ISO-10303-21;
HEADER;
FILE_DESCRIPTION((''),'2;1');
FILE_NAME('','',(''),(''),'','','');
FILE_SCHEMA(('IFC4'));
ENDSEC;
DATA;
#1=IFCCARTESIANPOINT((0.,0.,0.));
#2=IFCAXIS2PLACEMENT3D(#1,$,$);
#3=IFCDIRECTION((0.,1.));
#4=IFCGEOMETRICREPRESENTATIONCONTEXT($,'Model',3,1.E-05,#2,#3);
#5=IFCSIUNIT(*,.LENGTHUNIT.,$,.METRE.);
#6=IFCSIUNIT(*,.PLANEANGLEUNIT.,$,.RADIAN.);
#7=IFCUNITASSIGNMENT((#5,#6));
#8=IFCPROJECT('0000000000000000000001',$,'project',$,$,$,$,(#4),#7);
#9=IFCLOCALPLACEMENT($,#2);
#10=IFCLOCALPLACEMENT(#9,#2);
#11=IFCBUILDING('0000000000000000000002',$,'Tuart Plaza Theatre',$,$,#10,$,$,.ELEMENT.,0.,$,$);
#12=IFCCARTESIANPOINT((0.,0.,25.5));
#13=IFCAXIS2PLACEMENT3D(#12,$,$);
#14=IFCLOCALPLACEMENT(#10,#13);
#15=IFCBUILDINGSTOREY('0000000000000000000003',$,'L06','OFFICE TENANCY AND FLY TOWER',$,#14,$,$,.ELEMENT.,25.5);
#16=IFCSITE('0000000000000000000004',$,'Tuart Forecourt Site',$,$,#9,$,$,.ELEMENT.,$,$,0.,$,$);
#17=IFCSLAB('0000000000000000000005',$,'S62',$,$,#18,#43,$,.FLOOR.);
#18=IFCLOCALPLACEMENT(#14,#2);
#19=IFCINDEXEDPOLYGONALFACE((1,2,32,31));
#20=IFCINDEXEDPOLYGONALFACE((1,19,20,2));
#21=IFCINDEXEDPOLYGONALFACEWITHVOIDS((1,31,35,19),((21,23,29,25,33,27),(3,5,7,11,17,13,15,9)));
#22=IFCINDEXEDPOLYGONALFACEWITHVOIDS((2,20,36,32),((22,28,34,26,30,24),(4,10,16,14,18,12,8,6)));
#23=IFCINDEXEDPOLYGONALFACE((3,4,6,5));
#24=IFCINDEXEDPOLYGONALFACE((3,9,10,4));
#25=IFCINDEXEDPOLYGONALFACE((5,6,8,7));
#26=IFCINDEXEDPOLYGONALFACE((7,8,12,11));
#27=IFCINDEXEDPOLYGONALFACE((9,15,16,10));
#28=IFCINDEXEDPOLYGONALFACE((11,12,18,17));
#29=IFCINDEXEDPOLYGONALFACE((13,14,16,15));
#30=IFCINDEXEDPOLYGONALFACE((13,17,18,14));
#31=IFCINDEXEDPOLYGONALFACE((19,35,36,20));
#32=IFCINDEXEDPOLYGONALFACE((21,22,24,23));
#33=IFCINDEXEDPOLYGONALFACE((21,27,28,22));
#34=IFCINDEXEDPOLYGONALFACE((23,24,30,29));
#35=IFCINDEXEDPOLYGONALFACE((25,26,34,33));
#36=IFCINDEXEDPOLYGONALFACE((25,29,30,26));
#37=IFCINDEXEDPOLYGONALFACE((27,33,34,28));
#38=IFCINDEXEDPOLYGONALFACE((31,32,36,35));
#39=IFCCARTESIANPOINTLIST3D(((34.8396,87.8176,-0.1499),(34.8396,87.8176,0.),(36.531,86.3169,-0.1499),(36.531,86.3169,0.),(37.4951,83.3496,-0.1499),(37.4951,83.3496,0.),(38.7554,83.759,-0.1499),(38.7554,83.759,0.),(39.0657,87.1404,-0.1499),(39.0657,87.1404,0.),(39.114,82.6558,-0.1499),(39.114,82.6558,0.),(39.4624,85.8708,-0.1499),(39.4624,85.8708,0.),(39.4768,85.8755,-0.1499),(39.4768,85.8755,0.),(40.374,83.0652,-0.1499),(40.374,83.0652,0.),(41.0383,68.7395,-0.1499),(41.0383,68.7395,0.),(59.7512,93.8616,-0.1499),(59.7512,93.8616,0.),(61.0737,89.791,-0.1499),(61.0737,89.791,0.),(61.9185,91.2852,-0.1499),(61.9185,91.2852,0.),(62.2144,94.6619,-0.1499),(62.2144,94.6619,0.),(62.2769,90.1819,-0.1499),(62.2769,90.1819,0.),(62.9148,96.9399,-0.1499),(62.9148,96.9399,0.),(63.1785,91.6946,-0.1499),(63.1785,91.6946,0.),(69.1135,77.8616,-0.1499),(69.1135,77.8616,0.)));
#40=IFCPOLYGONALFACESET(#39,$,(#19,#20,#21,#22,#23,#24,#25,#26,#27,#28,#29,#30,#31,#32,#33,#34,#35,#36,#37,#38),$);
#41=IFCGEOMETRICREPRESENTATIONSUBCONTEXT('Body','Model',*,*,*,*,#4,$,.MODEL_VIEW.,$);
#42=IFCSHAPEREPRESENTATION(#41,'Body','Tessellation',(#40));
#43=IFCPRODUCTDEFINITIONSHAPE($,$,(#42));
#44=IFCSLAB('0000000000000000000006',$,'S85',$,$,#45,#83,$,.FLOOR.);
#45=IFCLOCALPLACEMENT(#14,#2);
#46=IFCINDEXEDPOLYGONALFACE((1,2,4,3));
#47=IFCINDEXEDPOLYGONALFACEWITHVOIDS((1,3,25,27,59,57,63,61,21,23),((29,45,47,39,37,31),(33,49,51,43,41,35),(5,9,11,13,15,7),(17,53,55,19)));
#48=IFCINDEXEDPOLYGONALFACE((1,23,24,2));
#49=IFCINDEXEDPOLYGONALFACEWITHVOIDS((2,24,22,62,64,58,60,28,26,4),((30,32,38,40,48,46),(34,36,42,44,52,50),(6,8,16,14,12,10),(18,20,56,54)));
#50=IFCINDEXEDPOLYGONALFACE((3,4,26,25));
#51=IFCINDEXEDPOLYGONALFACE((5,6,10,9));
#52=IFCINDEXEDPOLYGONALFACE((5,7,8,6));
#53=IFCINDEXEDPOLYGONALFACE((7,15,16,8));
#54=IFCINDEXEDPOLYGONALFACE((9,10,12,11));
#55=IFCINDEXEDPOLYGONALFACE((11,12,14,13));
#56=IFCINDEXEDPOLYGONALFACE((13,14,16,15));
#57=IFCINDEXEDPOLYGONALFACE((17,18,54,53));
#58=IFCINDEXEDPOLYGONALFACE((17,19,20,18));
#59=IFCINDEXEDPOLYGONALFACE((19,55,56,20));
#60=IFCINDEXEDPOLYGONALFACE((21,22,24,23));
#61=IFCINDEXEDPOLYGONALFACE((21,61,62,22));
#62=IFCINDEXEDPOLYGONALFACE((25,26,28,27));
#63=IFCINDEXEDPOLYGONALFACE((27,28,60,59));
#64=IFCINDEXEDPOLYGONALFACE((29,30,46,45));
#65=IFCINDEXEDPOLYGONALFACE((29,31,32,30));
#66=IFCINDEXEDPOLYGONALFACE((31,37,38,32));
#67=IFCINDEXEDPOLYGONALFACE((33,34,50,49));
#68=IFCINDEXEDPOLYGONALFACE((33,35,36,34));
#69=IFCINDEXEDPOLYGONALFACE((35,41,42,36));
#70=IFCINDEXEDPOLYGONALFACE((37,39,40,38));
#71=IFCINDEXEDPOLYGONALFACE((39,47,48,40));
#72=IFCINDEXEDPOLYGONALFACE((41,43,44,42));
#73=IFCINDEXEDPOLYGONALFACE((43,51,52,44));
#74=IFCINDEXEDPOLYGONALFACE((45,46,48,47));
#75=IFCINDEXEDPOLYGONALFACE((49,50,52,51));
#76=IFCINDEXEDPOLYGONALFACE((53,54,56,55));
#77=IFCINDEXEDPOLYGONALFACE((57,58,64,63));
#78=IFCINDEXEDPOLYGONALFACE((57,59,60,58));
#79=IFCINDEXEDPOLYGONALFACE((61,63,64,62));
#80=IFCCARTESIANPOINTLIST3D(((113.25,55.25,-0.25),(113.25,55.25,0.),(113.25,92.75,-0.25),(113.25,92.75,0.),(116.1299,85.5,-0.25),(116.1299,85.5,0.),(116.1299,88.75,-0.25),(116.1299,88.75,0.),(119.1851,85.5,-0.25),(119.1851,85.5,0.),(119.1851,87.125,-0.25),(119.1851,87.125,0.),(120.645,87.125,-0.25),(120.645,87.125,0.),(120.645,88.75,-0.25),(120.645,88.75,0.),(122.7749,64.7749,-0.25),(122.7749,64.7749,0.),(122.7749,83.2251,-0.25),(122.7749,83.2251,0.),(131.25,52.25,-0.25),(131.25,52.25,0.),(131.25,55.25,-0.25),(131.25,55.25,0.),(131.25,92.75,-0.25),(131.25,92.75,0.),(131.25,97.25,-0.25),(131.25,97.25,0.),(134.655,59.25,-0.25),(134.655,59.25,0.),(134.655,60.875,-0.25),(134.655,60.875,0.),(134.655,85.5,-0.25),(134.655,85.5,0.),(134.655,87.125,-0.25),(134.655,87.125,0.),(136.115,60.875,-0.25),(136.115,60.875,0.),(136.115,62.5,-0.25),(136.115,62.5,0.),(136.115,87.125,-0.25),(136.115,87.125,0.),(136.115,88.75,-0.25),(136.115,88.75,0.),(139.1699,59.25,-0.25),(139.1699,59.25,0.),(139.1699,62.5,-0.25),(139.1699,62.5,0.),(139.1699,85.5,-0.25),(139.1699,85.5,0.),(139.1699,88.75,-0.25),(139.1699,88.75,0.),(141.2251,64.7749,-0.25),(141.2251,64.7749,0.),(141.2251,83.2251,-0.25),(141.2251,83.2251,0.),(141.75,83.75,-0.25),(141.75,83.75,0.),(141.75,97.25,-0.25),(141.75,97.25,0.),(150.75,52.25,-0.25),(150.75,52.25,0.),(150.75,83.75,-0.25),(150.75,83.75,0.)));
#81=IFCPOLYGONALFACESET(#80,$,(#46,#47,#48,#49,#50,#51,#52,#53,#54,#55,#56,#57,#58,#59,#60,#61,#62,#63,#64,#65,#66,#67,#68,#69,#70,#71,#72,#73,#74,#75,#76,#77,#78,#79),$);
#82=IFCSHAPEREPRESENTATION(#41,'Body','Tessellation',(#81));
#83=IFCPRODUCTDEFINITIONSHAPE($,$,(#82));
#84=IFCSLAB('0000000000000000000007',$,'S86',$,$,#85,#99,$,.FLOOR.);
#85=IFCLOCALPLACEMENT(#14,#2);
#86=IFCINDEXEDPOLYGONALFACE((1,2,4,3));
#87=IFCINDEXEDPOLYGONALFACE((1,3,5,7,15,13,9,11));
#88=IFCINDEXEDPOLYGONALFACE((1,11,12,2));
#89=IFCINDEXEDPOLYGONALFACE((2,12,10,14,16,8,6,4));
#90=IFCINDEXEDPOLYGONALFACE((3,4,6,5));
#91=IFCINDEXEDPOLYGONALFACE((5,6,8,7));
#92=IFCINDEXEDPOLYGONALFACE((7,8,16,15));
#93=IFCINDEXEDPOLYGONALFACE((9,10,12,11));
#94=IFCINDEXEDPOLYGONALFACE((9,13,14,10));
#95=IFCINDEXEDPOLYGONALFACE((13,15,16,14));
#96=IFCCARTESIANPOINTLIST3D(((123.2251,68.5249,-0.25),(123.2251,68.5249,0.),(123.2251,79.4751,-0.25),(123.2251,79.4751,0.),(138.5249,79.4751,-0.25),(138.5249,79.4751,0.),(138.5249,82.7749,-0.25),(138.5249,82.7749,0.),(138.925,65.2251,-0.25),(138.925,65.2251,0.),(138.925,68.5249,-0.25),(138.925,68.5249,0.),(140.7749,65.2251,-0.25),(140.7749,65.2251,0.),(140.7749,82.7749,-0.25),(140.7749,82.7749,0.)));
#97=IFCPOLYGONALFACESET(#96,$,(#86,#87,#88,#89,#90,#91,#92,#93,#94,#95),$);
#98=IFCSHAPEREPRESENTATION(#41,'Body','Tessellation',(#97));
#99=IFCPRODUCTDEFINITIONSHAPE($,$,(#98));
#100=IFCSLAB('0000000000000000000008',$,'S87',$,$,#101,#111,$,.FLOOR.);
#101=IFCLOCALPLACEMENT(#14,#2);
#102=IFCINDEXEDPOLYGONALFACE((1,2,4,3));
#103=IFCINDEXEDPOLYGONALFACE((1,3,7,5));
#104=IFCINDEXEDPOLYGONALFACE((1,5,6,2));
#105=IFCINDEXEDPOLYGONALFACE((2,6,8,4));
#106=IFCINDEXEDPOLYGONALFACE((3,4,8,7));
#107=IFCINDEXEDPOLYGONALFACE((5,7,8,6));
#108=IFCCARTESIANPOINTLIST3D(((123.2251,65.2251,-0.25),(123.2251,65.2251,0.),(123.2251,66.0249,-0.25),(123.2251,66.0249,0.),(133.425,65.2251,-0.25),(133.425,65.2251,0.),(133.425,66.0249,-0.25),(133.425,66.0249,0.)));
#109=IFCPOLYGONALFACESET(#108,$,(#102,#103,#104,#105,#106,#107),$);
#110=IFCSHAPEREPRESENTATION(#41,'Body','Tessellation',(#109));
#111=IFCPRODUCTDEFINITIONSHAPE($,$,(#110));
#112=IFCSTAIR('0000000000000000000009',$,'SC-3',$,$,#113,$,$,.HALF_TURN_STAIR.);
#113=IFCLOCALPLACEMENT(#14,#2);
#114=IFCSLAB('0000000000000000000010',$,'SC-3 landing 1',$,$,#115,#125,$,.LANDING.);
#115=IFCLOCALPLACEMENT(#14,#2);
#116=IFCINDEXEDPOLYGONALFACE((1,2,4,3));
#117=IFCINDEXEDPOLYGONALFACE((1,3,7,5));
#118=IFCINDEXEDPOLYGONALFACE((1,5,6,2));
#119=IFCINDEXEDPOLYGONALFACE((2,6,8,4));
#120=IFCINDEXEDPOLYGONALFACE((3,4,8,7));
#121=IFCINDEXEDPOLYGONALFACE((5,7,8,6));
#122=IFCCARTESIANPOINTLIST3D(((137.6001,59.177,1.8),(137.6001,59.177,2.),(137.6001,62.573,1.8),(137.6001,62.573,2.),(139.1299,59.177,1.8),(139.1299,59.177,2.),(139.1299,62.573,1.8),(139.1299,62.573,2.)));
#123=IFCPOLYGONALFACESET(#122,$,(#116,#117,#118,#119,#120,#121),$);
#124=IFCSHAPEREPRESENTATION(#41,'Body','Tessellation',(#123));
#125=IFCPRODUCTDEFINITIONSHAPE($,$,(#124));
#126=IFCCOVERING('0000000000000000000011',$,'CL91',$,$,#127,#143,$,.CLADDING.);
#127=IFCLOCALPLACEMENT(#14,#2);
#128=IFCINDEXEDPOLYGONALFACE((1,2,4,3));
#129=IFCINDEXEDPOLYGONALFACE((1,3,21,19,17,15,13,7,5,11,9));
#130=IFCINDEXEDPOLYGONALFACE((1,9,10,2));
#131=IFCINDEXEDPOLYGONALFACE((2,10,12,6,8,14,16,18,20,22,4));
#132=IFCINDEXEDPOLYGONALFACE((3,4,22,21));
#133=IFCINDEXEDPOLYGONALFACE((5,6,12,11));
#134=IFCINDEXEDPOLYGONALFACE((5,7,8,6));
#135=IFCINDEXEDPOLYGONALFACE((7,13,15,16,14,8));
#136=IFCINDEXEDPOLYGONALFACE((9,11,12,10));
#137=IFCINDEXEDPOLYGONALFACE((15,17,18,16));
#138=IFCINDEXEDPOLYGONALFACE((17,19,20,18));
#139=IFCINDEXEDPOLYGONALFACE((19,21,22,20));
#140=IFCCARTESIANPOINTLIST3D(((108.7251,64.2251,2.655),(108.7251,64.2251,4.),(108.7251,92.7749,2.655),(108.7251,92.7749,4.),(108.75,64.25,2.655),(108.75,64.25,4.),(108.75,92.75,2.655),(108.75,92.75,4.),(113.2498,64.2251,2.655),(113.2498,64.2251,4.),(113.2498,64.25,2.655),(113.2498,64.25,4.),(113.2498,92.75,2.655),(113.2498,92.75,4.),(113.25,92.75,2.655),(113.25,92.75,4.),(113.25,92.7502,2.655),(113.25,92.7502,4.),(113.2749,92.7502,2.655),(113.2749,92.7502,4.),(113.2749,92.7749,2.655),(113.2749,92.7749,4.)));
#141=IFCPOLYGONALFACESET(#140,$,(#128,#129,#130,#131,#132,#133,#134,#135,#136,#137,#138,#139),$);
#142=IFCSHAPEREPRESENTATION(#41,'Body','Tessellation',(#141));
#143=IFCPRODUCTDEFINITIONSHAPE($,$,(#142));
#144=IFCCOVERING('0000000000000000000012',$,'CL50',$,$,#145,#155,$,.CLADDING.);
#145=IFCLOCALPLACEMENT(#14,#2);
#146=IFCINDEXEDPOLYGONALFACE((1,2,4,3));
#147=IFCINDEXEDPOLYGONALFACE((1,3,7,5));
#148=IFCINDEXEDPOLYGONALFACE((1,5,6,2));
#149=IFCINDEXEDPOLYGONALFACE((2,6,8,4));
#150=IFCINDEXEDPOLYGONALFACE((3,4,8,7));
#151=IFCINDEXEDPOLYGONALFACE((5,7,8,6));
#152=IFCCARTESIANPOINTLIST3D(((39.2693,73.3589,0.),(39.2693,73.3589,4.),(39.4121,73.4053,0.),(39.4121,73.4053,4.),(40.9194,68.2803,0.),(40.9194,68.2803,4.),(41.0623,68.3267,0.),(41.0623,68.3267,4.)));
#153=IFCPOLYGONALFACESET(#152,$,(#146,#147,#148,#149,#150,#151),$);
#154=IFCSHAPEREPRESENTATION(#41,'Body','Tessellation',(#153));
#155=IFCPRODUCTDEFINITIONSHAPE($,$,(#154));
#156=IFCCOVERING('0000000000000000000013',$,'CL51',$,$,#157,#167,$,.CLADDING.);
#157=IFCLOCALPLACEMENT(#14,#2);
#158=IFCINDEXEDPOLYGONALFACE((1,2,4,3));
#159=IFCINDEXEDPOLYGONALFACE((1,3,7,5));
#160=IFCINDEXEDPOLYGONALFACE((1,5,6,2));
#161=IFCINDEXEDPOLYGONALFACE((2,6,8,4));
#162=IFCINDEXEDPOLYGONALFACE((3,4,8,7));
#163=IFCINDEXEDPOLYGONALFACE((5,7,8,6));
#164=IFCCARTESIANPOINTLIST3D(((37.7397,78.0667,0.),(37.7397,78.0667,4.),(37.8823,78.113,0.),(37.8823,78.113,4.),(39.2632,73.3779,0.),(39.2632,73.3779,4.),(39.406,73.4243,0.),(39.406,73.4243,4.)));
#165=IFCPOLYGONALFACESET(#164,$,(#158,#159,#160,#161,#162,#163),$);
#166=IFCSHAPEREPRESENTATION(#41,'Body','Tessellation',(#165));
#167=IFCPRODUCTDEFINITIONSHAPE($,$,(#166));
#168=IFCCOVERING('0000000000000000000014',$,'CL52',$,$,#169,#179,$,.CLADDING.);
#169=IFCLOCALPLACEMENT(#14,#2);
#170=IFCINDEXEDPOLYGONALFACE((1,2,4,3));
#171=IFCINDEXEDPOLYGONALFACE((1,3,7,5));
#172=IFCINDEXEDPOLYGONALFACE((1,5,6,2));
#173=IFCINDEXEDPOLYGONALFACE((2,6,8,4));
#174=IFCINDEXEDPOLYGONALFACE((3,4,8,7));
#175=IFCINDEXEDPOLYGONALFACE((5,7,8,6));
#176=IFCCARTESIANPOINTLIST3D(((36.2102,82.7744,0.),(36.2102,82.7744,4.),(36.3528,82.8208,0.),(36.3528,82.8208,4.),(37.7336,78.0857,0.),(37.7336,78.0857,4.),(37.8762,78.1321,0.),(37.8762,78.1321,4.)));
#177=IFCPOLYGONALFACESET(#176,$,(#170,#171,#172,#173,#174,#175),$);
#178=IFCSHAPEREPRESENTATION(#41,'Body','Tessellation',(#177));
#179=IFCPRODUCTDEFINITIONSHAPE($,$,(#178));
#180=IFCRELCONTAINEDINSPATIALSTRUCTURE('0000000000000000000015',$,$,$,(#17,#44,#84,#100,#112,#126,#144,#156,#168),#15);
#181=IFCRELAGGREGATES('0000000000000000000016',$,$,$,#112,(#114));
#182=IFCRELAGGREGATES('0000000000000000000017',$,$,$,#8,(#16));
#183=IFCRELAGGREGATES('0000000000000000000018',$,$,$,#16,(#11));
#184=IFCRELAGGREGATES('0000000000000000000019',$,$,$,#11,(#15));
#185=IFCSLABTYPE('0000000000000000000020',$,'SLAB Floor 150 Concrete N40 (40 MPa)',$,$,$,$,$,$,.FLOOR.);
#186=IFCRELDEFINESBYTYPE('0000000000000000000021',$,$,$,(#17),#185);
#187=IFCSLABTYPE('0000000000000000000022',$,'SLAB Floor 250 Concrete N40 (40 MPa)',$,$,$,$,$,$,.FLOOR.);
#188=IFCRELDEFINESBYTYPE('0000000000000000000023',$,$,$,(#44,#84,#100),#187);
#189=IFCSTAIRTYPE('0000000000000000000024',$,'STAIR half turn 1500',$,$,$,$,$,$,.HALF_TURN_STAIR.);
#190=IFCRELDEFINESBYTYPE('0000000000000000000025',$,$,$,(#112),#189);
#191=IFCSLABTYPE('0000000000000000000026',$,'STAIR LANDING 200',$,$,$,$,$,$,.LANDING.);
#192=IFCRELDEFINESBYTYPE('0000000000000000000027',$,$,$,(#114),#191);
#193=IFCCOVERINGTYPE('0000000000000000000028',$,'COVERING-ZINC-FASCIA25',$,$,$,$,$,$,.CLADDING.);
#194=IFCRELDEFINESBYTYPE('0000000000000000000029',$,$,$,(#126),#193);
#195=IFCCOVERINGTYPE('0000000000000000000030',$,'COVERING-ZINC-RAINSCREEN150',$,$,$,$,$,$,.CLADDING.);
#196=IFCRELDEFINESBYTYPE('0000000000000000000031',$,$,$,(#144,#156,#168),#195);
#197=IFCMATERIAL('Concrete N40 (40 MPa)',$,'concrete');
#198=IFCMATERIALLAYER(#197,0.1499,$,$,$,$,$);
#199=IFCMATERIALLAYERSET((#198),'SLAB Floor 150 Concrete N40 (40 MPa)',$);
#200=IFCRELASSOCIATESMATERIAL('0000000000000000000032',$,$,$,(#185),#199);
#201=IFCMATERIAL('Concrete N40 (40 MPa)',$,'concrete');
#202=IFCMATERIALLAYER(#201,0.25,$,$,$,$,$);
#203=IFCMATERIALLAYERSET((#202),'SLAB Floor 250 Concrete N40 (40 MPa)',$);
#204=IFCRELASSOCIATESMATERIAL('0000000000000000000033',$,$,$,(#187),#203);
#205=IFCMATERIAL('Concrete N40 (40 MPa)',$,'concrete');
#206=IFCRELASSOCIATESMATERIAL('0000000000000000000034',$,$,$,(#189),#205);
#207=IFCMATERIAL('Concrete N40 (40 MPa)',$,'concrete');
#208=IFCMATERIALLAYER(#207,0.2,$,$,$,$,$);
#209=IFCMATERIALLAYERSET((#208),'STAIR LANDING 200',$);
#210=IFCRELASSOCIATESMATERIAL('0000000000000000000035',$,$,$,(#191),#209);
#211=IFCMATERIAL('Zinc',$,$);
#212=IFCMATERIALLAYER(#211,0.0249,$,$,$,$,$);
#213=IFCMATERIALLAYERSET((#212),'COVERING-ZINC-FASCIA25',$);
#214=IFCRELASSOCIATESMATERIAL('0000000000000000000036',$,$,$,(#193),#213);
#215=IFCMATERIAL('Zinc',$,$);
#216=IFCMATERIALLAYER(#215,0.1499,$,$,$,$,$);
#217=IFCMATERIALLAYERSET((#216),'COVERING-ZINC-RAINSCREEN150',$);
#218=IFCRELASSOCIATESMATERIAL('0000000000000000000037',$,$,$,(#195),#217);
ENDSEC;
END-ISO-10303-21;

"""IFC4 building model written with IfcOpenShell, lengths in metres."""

from ifc_helpers import new_model, si_unit, direction, frame, origin, place, context, subcontext, project, spatial, polyline, outline, extrude, material, layer, layer_set, type_object, element, aggregate, save


model = new_model("IFC4")

# Units and contexts
model_context = context("Model", 3, precision=1e-05, world=origin(), true_north=direction((0.0, 1.0)))
body_context = subcontext(model_context, "Body", "Model", "MODEL_VIEW")
ifc_project = project(units=[si_unit("LENGTHUNIT", "METRE"), si_unit("PLANEANGLEUNIT", "RADIAN")], contexts=[model_context])

# Site, building, storey
site_placement = place(None, origin())
site = spatial("IfcSite", under=ifc_project, at=site_placement, Name="Tuart Forecourt Site", CompositionType="ELEMENT", RefElevation=0.0)
building_placement = place(site_placement, origin())
building = spatial("IfcBuilding", under=site, at=building_placement, Name="Tuart Plaza Theatre", CompositionType="ELEMENT", ElevationOfRefHeight=0.0)
storey_placement = place(building_placement, frame((0.0, 0.0, 25.5)))
storey = spatial("IfcBuildingStorey", under=building, at=storey_placement, Name="L06", Description="OFFICE TENANCY AND FLY TOWER", CompositionType="ELEMENT", Elevation=25.5)

# Slabs
ifc_material_1 = material(Name="Concrete N40 (40 MPa)", Category="concrete")
ifc_layer_1 = layer(ifc_material_1, 0.1499)
ifc_layer_set_1 = layer_set([ifc_layer_1], Name="SLAB Floor 150 Concrete N40 (40 MPa)")
slab_type_1 = type_object("IfcSlabType", Name="SLAB Floor 150 Concrete N40 (40 MPa)", PredefinedType="FLOOR", material=ifc_layer_set_1)
slab_1_placement = place(storey_placement, frame((0.0, 0.0, -0.1499)))
element("IfcSlab", 1, at=slab_1_placement, inside=storey, type_object=slab_type_1, Name="S62", PredefinedType="FLOOR", context=body_context, shape_type="SweptSolid", body=[
    extrude(outline(polyline([(34.8396, 87.8176), (41.0383, 68.7395), (69.1135, 77.8616), (62.9148, 96.9399), (34.8396, 87.8176)]), holes=[polyline([(59.7512, 93.8616), (61.0737, 89.791), (62.2769, 90.1819), (61.9185, 91.2852), (63.1785, 91.6946), (62.2144, 94.6619), (59.7512, 93.8616)]), polyline([(39.4624, 85.8708), (39.4768, 85.8755), (39.0657, 87.1404), (36.531, 86.3169), (37.4951, 83.3496), (38.7554, 83.759), (39.114, 82.6558), (40.374, 83.0652), (39.4624, 85.8708)])]), origin(), (0.0, 0.0, 1.0), 0.1499),
])
ifc_material_2 = material(Name="Concrete N40 (40 MPa)", Category="concrete")
ifc_layer_2 = layer(ifc_material_2, 0.25)
ifc_layer_set_2 = layer_set([ifc_layer_2], Name="SLAB Floor 250 Concrete N40 (40 MPa)")
slab_type_2 = type_object("IfcSlabType", Name="SLAB Floor 250 Concrete N40 (40 MPa)", PredefinedType="FLOOR", material=ifc_layer_set_2)
slab_2_placement = place(storey_placement, frame((0.0, 0.0, -0.25)))
element("IfcSlab", 2, at=slab_2_placement, inside=storey, type_object=slab_type_2, Name="S85", PredefinedType="FLOOR", context=body_context, shape_type="SweptSolid", body=[
    extrude(outline(polyline([(141.75, 97.25), (131.25, 97.25), (131.25, 92.75), (113.25, 92.75), (113.25, 55.25), (131.25, 55.25), (131.25, 52.25), (150.75, 52.25), (150.75, 83.75), (141.75, 83.75), (141.75, 97.25)]), holes=[polyline([(141.2251, 64.7749), (141.2251, 83.2251), (122.7749, 83.2251), (122.7749, 64.7749), (141.2251, 64.7749)]), polyline([(136.115, 62.5), (136.115, 60.875), (134.655, 60.875), (134.655, 59.25), (139.1699, 59.25), (139.1699, 62.5), (136.115, 62.5)]), polyline([(139.1699, 88.75), (136.115, 88.75), (136.115, 87.125), (134.655, 87.125), (134.655, 85.5), (139.1699, 85.5), (139.1699, 88.75)]), polyline([(116.1299, 88.75), (116.1299, 85.5), (119.1851, 85.5), (119.1851, 87.125), (120.645, 87.125), (120.645, 88.75), (116.1299, 88.75)])]), origin(), (0.0, 0.0, 1.0), 0.25),
])
slab_3_placement = place(storey_placement, frame((0.0, 0.0, -0.25)))
element("IfcSlab", 3, at=slab_3_placement, inside=storey, type_object=slab_type_2, Name="S86", PredefinedType="FLOOR", context=body_context, shape_type="SweptSolid", body=[
    extrude(outline(polyline([(138.925, 68.5249), (138.925, 65.2251), (140.7749, 65.2251), (140.7749, 82.7749), (138.5249, 82.7749), (138.5249, 79.4751), (123.2251, 79.4751), (123.2251, 68.5249), (138.925, 68.5249)])), origin(), (0.0, 0.0, 1.0), 0.25),
])
slab_4_placement = place(storey_placement, frame((0.0, 0.0, -0.25)))
element("IfcSlab", 4, at=slab_4_placement, inside=storey, type_object=slab_type_2, Name="S87", PredefinedType="FLOOR", context=body_context, shape_type="SweptSolid", body=[
    extrude(outline(polyline([(123.2251, 66.0249), (123.2251, 65.2251), (133.425, 65.2251), (133.425, 66.0249), (123.2251, 66.0249)])), origin(), (0.0, 0.0, 1.0), 0.25),
])

# Stair, slab
ifc_material_3 = material(Name="Concrete N40 (40 MPa)", Category="concrete")
stair_type = type_object("IfcStairType", Name="STAIR half turn 1500", PredefinedType="HALF_TURN_STAIR", material=ifc_material_3)
stair_placement = place(storey_placement, origin())
stair = element("IfcStair", 5, at=stair_placement, inside=storey, type_object=stair_type, Name="SC-3", PredefinedType="HALF_TURN_STAIR")
ifc_material_4 = material(Name="Concrete N40 (40 MPa)", Category="concrete")
ifc_layer_3 = layer(ifc_material_4, 0.2)
ifc_layer_set_3 = layer_set([ifc_layer_3], Name="STAIR LANDING 200")
slab_type_3 = type_object("IfcSlabType", Name="STAIR LANDING 200", PredefinedType="LANDING", material=ifc_layer_set_3)
slab_5_placement = place(storey_placement, frame((0.0, 0.0, 1.8)))
slab_5 = element("IfcSlab", 6, at=slab_5_placement, type_object=slab_type_3, Name="SC-3 landing 1", PredefinedType="LANDING", context=body_context, shape_type="SweptSolid", body=[
    extrude(outline(polyline([(137.6001, 59.177), (139.1299, 59.177), (139.1299, 62.573), (137.6001, 62.573), (137.6001, 59.177)])), origin(), (0.0, 0.0, 1.0), 0.2),
])
aggregate(stair, [slab_5])

# Coverings
ifc_material_5 = material(Name="Zinc")
ifc_layer_4 = layer(ifc_material_5, 0.0249)
ifc_layer_set_4 = layer_set([ifc_layer_4], Name="COVERING-ZINC-FASCIA25")
covering_type_1 = type_object("IfcCoveringType", Name="COVERING-ZINC-FASCIA25", PredefinedType="CLADDING", material=ifc_layer_set_4)
covering_1_placement = place(storey_placement, frame((0.0, 0.0, 2.655)))
element("IfcCovering", 7, at=covering_1_placement, inside=storey, type_object=covering_type_1, Name="CL91", PredefinedType="CLADDING", context=body_context, shape_type="SweptSolid", body=[
    extrude(outline(polyline([(113.2749, 92.7502), (113.25, 92.7502), (113.25, 92.7502), (113.25, 92.7502), (113.25, 92.7502), (113.25, 92.75), (113.2498, 92.75), (113.2498, 92.75), (113.2498, 92.75), (113.2498, 92.75), (108.75, 92.75), (108.75, 64.25), (113.2498, 64.25), (113.2498, 64.2251), (108.7251, 64.2251), (108.7251, 92.7749), (113.2749, 92.7749), (113.2749, 92.7502)])), origin(), (0.0, 0.0, 1.0), 1.345),
])
ifc_material_6 = material(Name="Zinc")
ifc_layer_5 = layer(ifc_material_6, 0.1499)
ifc_layer_set_5 = layer_set([ifc_layer_5], Name="COVERING-ZINC-RAINSCREEN150")
covering_type_2 = type_object("IfcCoveringType", Name="COVERING-ZINC-RAINSCREEN150", PredefinedType="CLADDING", material=ifc_layer_set_5)
covering_2_placement = place(storey_placement, origin())
element("IfcCovering", 8, at=covering_2_placement, inside=storey, type_object=covering_type_2, Name="CL50", PredefinedType="CLADDING", context=body_context, shape_type="SweptSolid", body=[
    extrude(outline(polyline([(40.9194, 68.2803), (39.2693, 73.3589), (39.4121, 73.4053), (41.0623, 68.3267), (40.9194, 68.2803)])), origin(), (0.0, 0.0, 1.0), 4.0),
])
covering_3_placement = place(storey_placement, origin())
element("IfcCovering", 9, at=covering_3_placement, inside=storey, type_object=covering_type_2, Name="CL51", PredefinedType="CLADDING", context=body_context, shape_type="SweptSolid", body=[
    extrude(outline(polyline([(39.2632, 73.3779), (37.7397, 78.0667), (37.8823, 78.113), (39.406, 73.4243), (39.2632, 73.3779)])), origin(), (0.0, 0.0, 1.0), 4.0),
])
covering_4_placement = place(storey_placement, origin())
element("IfcCovering", 10, at=covering_4_placement, inside=storey, type_object=covering_type_2, Name="CL52", PredefinedType="CLADDING", context=body_context, shape_type="SweptSolid", body=[
    extrude(outline(polyline([(37.7336, 78.0857), (36.2102, 82.7744), (36.3528, 82.8208), (37.8762, 78.1321), (37.7336, 78.0857)])), origin(), (0.0, 0.0, 1.0), 4.0),
])

save(model, "model.ifc")
